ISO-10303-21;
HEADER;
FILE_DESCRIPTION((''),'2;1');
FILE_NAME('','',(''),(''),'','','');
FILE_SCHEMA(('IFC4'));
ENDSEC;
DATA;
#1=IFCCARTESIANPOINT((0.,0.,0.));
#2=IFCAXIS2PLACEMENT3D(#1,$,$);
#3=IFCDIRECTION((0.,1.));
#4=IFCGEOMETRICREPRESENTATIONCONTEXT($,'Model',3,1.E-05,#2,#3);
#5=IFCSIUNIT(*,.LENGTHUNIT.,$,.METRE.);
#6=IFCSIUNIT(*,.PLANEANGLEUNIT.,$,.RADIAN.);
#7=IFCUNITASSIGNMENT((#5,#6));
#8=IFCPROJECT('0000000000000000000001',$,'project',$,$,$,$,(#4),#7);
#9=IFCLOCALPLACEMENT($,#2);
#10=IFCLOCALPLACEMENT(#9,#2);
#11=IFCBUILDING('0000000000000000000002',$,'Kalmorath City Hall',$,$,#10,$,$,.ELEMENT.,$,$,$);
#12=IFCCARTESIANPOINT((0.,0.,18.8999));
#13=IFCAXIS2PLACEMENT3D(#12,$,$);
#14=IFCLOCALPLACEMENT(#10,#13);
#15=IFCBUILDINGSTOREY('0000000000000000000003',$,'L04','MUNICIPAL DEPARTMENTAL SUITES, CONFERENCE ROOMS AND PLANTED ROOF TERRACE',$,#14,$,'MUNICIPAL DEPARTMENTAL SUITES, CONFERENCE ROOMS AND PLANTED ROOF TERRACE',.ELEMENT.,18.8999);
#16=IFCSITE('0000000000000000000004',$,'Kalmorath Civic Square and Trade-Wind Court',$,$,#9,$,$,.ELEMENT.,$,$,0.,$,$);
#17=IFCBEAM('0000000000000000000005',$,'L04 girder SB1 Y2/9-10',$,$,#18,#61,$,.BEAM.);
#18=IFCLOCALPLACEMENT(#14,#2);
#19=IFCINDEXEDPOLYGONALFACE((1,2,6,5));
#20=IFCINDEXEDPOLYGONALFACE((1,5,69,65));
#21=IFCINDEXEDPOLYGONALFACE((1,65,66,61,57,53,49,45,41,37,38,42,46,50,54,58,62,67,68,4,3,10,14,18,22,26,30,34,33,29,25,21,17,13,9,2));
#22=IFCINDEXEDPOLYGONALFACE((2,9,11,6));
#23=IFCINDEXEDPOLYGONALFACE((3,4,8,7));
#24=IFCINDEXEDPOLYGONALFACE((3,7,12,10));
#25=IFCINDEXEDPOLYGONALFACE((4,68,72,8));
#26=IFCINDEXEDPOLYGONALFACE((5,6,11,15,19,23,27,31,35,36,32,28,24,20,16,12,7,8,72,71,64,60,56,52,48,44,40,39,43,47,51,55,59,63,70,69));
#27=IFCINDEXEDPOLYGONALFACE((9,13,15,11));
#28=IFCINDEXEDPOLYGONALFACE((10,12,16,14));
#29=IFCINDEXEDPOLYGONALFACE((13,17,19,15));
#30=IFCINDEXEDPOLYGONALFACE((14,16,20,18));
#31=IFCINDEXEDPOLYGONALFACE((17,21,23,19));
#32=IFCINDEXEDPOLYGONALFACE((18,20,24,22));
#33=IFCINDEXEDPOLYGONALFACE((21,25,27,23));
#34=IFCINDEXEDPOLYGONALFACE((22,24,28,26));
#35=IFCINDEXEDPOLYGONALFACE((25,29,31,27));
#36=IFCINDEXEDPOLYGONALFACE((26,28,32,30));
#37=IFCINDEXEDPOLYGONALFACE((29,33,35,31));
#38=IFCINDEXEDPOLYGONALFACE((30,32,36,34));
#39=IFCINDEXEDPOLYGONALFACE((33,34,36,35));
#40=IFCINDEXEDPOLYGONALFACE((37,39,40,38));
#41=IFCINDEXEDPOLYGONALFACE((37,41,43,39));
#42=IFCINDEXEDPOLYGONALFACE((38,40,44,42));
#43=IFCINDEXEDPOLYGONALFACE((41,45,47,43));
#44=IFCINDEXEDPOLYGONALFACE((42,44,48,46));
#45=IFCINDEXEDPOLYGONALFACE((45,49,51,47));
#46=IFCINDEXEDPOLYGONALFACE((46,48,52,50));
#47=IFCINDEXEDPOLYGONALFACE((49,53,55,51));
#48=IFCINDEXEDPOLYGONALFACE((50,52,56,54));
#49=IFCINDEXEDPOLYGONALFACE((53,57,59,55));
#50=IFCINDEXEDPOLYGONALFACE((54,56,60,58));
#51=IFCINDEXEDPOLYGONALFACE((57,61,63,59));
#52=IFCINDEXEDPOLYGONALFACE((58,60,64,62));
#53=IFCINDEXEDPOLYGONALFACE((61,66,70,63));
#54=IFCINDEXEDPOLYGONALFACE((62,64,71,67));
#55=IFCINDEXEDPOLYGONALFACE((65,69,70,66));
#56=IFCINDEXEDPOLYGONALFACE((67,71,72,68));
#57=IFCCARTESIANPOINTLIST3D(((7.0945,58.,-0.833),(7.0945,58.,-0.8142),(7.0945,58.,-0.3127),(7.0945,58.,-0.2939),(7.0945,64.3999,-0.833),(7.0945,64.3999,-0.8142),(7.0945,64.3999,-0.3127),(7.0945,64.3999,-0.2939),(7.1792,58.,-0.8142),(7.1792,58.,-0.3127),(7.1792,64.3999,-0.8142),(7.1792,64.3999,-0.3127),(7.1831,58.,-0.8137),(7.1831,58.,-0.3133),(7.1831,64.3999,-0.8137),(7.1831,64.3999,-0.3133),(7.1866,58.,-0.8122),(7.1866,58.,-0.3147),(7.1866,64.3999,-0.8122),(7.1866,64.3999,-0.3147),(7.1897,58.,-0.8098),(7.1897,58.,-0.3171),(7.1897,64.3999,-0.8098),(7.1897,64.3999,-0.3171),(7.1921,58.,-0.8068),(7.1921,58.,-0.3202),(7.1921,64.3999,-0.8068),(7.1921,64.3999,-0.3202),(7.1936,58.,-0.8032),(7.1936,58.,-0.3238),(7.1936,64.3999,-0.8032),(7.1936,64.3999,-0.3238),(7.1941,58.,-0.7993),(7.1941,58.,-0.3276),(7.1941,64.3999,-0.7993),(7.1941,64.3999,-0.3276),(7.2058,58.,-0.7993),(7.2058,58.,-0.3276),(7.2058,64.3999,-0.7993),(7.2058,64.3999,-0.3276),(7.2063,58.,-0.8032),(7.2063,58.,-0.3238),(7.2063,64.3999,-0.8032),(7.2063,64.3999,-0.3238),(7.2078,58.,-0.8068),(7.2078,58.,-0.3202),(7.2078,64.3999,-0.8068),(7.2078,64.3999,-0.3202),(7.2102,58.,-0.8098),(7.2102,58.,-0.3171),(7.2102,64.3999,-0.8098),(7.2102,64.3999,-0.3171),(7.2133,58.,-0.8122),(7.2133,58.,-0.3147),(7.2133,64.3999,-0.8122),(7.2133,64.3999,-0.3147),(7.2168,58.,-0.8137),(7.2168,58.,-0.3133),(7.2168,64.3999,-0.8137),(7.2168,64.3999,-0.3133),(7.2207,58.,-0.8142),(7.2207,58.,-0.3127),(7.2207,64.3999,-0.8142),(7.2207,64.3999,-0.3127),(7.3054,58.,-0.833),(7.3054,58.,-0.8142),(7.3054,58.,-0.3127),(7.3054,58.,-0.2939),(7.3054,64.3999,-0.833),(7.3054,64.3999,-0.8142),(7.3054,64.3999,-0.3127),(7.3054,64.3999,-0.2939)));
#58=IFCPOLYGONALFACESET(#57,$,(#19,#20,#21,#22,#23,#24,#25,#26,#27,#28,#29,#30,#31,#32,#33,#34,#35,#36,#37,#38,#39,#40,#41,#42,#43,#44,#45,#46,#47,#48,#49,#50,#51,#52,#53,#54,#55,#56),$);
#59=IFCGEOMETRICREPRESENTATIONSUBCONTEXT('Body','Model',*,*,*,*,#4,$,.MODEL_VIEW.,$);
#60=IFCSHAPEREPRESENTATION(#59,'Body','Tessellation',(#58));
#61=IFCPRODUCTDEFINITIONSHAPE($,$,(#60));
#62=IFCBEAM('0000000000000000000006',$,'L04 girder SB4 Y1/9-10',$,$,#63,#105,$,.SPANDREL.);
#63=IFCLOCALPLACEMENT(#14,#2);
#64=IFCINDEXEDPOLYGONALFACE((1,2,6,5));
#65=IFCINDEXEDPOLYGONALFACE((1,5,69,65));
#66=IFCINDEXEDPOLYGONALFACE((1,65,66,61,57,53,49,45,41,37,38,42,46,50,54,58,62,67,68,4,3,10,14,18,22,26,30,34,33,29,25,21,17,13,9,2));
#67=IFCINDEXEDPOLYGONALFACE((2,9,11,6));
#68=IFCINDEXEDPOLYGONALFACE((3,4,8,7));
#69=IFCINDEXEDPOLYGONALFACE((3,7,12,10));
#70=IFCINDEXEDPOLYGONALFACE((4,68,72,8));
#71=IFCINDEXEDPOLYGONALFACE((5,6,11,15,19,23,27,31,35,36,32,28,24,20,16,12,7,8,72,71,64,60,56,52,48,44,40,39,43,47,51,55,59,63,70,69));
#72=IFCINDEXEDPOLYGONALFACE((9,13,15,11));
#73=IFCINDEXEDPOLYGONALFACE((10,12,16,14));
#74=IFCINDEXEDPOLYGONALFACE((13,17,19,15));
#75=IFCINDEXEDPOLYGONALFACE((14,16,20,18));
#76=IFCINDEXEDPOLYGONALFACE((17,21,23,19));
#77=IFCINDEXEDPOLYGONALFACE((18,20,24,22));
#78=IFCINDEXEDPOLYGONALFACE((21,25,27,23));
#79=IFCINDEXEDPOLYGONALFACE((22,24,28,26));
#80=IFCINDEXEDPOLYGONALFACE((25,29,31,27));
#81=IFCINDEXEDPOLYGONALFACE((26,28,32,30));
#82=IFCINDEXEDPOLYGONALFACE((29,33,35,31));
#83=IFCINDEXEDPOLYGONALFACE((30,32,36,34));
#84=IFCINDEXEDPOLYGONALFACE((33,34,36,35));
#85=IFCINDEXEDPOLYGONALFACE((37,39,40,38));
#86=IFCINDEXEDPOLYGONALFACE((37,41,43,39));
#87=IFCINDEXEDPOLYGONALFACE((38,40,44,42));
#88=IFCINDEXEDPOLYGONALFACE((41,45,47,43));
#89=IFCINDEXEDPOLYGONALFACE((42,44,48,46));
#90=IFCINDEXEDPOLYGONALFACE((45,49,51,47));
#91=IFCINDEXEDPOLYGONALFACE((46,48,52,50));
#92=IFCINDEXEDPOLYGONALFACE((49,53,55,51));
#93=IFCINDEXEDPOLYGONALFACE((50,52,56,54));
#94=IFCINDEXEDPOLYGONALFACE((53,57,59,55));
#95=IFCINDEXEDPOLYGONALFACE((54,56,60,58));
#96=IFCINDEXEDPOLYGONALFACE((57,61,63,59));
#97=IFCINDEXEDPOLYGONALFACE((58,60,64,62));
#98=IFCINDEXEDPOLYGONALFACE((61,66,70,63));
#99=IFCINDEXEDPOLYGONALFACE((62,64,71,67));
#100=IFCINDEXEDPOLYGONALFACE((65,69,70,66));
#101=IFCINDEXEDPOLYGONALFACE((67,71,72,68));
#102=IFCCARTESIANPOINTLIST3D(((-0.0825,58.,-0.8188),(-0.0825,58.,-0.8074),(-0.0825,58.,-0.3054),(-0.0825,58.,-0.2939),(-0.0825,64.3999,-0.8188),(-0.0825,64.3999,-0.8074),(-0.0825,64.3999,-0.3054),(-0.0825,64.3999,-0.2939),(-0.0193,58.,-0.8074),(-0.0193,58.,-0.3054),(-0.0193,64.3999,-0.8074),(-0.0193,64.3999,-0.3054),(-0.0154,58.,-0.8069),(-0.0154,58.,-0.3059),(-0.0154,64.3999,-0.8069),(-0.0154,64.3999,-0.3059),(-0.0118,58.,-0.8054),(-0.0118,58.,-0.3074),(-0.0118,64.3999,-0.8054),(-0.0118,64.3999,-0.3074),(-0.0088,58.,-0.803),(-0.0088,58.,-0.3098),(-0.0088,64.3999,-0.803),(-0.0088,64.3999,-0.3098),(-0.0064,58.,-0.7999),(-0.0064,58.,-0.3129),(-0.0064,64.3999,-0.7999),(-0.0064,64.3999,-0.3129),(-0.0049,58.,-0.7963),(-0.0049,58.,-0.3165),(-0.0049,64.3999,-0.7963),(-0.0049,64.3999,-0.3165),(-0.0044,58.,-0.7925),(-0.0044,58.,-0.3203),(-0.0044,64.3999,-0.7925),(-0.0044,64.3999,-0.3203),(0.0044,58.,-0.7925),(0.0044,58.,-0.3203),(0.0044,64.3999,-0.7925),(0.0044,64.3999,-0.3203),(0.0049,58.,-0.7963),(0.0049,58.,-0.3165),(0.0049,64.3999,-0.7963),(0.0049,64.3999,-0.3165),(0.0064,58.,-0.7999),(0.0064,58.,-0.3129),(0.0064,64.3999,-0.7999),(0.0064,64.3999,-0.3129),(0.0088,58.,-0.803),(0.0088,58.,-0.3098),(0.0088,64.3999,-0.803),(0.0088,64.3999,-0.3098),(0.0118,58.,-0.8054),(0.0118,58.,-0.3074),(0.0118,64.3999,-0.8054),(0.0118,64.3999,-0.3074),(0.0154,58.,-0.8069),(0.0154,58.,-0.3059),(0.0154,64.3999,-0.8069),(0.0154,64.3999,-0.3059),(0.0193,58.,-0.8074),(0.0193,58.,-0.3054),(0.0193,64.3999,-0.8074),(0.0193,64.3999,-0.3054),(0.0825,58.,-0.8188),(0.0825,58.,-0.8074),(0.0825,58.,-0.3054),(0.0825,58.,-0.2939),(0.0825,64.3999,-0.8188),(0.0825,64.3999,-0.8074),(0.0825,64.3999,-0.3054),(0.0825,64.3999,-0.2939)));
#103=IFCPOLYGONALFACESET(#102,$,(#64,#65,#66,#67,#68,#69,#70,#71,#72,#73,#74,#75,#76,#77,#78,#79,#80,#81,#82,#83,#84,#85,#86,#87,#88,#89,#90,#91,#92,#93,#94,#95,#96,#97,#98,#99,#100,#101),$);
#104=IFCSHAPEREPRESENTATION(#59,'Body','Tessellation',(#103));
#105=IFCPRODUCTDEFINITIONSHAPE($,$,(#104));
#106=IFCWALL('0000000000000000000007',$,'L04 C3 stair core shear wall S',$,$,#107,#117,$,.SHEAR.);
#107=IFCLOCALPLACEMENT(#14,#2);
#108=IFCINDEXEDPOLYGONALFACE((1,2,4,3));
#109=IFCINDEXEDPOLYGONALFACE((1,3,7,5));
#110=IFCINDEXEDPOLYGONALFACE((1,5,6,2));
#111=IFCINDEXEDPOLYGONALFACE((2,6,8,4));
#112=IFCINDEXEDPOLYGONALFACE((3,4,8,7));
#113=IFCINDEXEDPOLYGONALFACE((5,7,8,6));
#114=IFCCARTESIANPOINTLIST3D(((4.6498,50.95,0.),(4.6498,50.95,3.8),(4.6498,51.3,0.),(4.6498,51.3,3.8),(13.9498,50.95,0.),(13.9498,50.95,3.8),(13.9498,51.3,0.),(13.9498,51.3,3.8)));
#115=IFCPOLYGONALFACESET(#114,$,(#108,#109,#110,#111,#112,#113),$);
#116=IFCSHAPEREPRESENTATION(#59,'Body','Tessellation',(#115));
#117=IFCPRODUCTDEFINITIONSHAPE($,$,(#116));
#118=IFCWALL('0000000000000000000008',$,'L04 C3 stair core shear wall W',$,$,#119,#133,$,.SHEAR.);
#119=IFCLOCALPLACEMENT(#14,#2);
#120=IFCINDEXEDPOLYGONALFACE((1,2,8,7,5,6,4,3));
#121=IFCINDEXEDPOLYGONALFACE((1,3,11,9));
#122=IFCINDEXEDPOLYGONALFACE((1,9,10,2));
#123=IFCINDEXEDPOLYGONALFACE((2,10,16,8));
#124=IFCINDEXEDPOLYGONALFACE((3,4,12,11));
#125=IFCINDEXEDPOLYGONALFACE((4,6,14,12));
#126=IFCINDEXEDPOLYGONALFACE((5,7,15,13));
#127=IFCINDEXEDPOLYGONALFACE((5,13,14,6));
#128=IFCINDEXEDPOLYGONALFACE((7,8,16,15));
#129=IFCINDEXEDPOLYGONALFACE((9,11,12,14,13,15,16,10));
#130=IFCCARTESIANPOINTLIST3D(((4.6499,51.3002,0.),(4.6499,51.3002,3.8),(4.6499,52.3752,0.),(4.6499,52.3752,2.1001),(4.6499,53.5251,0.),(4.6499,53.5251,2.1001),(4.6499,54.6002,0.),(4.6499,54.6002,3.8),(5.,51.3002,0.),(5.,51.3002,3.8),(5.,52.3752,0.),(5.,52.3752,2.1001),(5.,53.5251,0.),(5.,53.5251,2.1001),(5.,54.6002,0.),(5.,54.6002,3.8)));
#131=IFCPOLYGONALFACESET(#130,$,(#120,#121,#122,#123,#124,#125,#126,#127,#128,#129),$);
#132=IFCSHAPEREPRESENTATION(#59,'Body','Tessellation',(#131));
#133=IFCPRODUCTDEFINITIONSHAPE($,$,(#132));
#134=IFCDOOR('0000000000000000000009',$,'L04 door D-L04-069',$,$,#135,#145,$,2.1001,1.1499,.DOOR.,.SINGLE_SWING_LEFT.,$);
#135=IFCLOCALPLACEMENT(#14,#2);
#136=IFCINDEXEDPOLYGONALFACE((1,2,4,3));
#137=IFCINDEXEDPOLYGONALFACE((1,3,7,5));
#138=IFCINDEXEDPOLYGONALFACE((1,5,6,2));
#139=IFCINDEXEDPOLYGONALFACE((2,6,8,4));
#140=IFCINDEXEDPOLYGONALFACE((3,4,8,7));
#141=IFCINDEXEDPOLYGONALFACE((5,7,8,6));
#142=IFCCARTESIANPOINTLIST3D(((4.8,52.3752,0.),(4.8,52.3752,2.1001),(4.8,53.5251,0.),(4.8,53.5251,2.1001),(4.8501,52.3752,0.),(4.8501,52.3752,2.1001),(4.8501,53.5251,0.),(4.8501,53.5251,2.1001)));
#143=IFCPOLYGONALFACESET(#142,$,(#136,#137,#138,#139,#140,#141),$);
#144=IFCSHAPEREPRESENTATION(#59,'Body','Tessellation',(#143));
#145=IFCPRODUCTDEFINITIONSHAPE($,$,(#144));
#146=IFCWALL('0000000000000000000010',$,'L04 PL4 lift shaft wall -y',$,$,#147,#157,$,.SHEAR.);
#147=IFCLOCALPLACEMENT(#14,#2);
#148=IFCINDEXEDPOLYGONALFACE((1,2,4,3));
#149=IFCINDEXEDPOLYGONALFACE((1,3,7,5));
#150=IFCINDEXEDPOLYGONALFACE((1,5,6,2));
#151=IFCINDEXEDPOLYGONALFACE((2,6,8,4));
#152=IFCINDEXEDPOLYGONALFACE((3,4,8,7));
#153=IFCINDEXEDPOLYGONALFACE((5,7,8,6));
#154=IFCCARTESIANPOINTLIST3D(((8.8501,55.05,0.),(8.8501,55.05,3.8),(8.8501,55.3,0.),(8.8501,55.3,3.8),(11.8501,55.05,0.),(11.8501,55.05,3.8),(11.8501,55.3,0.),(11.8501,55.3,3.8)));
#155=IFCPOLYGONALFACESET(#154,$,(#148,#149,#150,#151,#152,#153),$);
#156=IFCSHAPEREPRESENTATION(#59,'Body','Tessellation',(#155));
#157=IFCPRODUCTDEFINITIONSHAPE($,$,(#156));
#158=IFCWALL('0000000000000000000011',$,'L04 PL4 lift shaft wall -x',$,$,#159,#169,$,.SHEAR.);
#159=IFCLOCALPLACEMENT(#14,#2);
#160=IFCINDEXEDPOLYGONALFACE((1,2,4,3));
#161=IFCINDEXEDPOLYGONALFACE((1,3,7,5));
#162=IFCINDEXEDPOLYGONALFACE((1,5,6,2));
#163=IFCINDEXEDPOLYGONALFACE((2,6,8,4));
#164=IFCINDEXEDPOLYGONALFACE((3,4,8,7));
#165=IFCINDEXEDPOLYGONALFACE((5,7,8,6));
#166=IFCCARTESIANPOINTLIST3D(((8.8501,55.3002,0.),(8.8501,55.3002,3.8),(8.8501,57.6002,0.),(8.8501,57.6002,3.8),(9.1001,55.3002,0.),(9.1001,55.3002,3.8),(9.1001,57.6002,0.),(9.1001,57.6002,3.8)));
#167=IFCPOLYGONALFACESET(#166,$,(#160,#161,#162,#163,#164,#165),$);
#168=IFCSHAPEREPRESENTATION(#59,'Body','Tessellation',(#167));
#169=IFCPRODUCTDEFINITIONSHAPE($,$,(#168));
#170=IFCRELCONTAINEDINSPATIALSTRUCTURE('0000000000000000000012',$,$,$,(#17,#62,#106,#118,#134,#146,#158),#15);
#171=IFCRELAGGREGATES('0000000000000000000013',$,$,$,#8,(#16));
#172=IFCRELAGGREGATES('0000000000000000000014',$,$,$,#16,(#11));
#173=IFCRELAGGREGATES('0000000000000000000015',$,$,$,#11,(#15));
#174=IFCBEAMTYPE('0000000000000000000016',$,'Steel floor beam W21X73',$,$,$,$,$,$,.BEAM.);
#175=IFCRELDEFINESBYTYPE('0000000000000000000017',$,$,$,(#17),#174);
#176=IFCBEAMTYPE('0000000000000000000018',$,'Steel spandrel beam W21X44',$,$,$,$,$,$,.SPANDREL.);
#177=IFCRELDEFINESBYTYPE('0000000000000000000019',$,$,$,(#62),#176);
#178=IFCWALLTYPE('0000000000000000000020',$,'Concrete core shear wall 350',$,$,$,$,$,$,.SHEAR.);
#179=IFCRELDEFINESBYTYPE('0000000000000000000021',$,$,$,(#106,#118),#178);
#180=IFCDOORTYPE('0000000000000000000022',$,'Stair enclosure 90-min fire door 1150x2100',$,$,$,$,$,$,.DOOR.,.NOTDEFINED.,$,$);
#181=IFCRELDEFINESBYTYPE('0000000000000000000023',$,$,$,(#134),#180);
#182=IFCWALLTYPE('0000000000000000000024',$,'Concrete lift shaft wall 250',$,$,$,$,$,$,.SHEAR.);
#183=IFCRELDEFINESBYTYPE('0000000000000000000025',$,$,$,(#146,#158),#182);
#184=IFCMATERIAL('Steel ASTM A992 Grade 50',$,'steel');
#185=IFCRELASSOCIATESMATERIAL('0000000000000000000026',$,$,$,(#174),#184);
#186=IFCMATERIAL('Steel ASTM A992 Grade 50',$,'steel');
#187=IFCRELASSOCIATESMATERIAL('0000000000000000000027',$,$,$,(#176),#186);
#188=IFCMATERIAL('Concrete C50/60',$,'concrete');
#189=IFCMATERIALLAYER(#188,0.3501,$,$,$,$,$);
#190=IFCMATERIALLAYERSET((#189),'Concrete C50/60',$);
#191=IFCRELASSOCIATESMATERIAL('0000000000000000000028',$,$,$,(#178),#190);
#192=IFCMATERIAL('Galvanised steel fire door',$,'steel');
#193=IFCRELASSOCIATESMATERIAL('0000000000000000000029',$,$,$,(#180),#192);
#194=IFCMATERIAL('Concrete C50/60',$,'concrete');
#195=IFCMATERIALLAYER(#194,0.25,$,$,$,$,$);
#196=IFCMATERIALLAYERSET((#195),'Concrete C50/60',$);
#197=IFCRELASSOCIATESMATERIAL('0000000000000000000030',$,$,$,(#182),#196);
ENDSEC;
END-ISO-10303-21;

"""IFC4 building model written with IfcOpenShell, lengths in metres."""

from ifc_helpers import new_model, si_unit, direction, frame, frame_2d, origin, origin_2d, place, context, subcontext, project, spatial, rectangle, i_section, extrude, material, layer, layer_set, material_profile, profile_set, type_object, element, fill, save


model = new_model("IFC4")

# Units and contexts
model_context = context("Model", 3, precision=1e-05, world=origin(), true_north=direction((0.0, 1.0)))
body_context = subcontext(model_context, "Body", "Model", "MODEL_VIEW")
ifc_project = project(units=[si_unit("LENGTHUNIT", "METRE"), si_unit("PLANEANGLEUNIT", "RADIAN")], contexts=[model_context])

# Site, building, storey
site_placement = place(None, origin())
site = spatial("IfcSite", under=ifc_project, at=site_placement, Name="Kalmorath Civic Square and Trade-Wind Court", CompositionType="ELEMENT", RefElevation=0.0)
building_placement = place(site_placement, origin())
building = spatial("IfcBuilding", under=site, at=building_placement, Name="Kalmorath City Hall", CompositionType="ELEMENT")
storey_placement = place(building_placement, frame((0.0, 0.0, 18.8999)))
storey = spatial("IfcBuildingStorey", under=building, at=storey_placement, Name="L04", Description="MUNICIPAL DEPARTMENTAL SUITES, CONFERENCE ROOMS AND PLANTED ROOF TERRACE", LongName="MUNICIPAL DEPARTMENTAL SUITES, CONFERENCE ROOMS AND PLANTED ROOF TERRACE", CompositionType="ELEMENT", Elevation=18.8999)

# Beams
ifc_material_1 = material(Name="Steel ASTM A992 Grade 50", Category="steel")
ifc_material_profile_1 = material_profile(ifc_material_1, i_section(OverallWidth=0.2109, OverallDepth=0.5391, WebThickness=0.0117, FlangeThickness=0.0188, FilletRadius=0.0149, at=origin_2d()), Name="W21X73")
ifc_profile_set_1 = profile_set([ifc_material_profile_1], Name="Steel ASTM A992 Grade 50")
beam_type_1 = type_object("IfcBeamType", Name="Steel floor beam W21X73", PredefinedType="BEAM", material=ifc_profile_set_1)
beam_1_placement = place(storey_placement, frame((7.2, 58.0, -0.5635), z_axis=(0.0, 1.0, 0.0), x_axis=(-1.0, 0.0, 0.0)))
element("IfcBeam", 1, at=beam_1_placement, inside=storey, type_object=beam_type_1, Name="L04 girder SB1 Y2/9-10", PredefinedType="BEAM", context=body_context, shape_type="SweptSolid", body=[
    extrude(i_section(OverallWidth=0.2109, OverallDepth=0.5391, WebThickness=0.0117, FlangeThickness=0.0188, FilletRadius=0.0149, at=origin_2d()), origin(), (0.0, 0.0, 1.0), 6.3999),
])
ifc_material_2 = material(Name="Steel ASTM A992 Grade 50", Category="steel")
ifc_material_profile_2 = material_profile(ifc_material_2, i_section(OverallWidth=0.165, OverallDepth=0.5249, WebThickness=0.0088, FlangeThickness=0.0115, FilletRadius=0.0149, at=origin_2d()), Name="W21X44")
ifc_profile_set_2 = profile_set([ifc_material_profile_2], Name="Steel ASTM A992 Grade 50")
beam_type_2 = type_object("IfcBeamType", Name="Steel spandrel beam W21X44", PredefinedType="SPANDREL", material=ifc_profile_set_2)
beam_2_placement = place(storey_placement, frame((0.0, 58.0, -0.5564), z_axis=(0.0, 1.0, 0.0), x_axis=(-1.0, 0.0, 0.0)))
element("IfcBeam", 2, at=beam_2_placement, inside=storey, type_object=beam_type_2, Name="L04 girder SB4 Y1/9-10", PredefinedType="SPANDREL", context=body_context, shape_type="SweptSolid", body=[
    extrude(i_section(OverallWidth=0.165, OverallDepth=0.5249, WebThickness=0.0088, FlangeThickness=0.0115, FilletRadius=0.0149, at=origin_2d()), origin(), (0.0, 0.0, 1.0), 6.3999),
])

# Wall
ifc_material_3 = material(Name="Concrete C50/60", Category="concrete")
ifc_layer_1 = layer(ifc_material_3, 0.3501)
ifc_layer_set_1 = layer_set([ifc_layer_1], Name="Concrete C50/60")
wall_type_1 = type_object("IfcWallType", Name="Concrete core shear wall 350", PredefinedType="SHEAR", material=ifc_layer_set_1)
wall_1_placement = place(storey_placement, frame((4.6499, 51.125, 0.0), z_axis=(0.0, 0.0, 1.0), x_axis=(1.0, 0.0, 0.0)))
element("IfcWall", 3, at=wall_1_placement, inside=storey, type_object=wall_type_1, Name="L04 C3 stair core shear wall S", PredefinedType="SHEAR", context=body_context, shape_type="SweptSolid", body=[
    extrude(rectangle(XDim=9.3, YDim=0.3501, at=frame_2d((4.6499, 0.0))), origin(), (0.0, 0.0, 1.0), 3.8),
])

# Wall, opening, door
wall_2_placement = place(storey_placement, frame((4.825, 54.6001, 0.0), z_axis=(0.0, 0.0, 1.0), x_axis=(0.0, -1.0, 0.0)))
wall_2 = element("IfcWall", 4, at=wall_2_placement, inside=storey, type_object=wall_type_1, Name="L04 C3 stair core shear wall W", PredefinedType="SHEAR", context=body_context, shape_type="SweptSolid", body=[
    extrude(rectangle(XDim=3.3, YDim=0.3501, at=frame_2d((1.6499, 0.0))), origin(), (0.0, 0.0, 1.0), 3.8),
])
opening_1_placement = place(wall_2_placement, frame((1.075, 0.0, 0.0)))
opening_1 = element("IfcOpeningElement", 5, at=opening_1_placement, cuts=wall_2, PredefinedType="OPENING", context=body_context, shape_type="SweptSolid", body=[
    extrude(rectangle(XDim=1.1499, YDim=2.1001, at=frame_2d((0.575, 1.05))), frame((0.0, 0.1851, 0.0), z_axis=(0.0, -1.0, 0.0), x_axis=(1.0, 0.0, 0.0)), (0.0, 0.0, 1.0), 0.3701),
])
ifc_material_4 = material(Name="Galvanised steel fire door", Category="steel")
door_type_1 = type_object("IfcDoorType", Name="Stair enclosure 90-min fire door 1150x2100", OperationType="NOTDEFINED", PredefinedType="DOOR", material=ifc_material_4)
door_1_placement = place(opening_1_placement, frame((1.1499, 0.0, 0.0), z_axis=(0.0, 0.0, 1.0), x_axis=(-1.0, 0.0, 0.0)))
door_1 = element("IfcDoor", 6, at=door_1_placement, inside=storey, type_object=door_type_1, Name="L04 door D-L04-069", OperationType="SINGLE_SWING_LEFT", OverallHeight=2.1001, OverallWidth=1.1499, PredefinedType="DOOR", context=body_context, shape_type="SweptSolid", body=[
    extrude(rectangle(XDim=1.1499, YDim=2.1001, at=frame_2d((0.575, 1.05))), frame((0.0, 0.0249, 0.0), z_axis=(0.0, -1.0, 0.0), x_axis=(1.0, 0.0, 0.0)), (0.0, 0.0, 1.0), 0.05),
])
fill(opening_1, door_1)

# Walls
ifc_material_5 = material(Name="Concrete C50/60", Category="concrete")
ifc_layer_2 = layer(ifc_material_5, 0.25)
ifc_layer_set_2 = layer_set([ifc_layer_2], Name="Concrete C50/60")
wall_type_2 = type_object("IfcWallType", Name="Concrete lift shaft wall 250", PredefinedType="SHEAR", material=ifc_layer_set_2)
wall_3_placement = place(storey_placement, frame((8.8501, 55.175, 0.0), z_axis=(0.0, 0.0, 1.0), x_axis=(1.0, 0.0, 0.0)))
element("IfcWall", 7, at=wall_3_placement, inside=storey, type_object=wall_type_2, Name="L04 PL4 lift shaft wall -y", PredefinedType="SHEAR", context=body_context, shape_type="SweptSolid", body=[
    extrude(rectangle(XDim=3.0, YDim=0.25, at=frame_2d((1.5, 0.0))), origin(), (0.0, 0.0, 1.0), 3.8),
])
wall_4_placement = place(storey_placement, frame((8.9751, 57.6001, 0.0), z_axis=(0.0, 0.0, 1.0), x_axis=(0.0, -1.0, 0.0)))
element("IfcWall", 8, at=wall_4_placement, inside=storey, type_object=wall_type_2, Name="L04 PL4 lift shaft wall -x", PredefinedType="SHEAR", context=body_context, shape_type="SweptSolid", body=[
    extrude(rectangle(XDim=2.3, YDim=0.25, at=frame_2d((1.1499, 0.0))), origin(), (0.0, 0.0, 1.0), 3.8),
])

save(model, "model.ifc")
